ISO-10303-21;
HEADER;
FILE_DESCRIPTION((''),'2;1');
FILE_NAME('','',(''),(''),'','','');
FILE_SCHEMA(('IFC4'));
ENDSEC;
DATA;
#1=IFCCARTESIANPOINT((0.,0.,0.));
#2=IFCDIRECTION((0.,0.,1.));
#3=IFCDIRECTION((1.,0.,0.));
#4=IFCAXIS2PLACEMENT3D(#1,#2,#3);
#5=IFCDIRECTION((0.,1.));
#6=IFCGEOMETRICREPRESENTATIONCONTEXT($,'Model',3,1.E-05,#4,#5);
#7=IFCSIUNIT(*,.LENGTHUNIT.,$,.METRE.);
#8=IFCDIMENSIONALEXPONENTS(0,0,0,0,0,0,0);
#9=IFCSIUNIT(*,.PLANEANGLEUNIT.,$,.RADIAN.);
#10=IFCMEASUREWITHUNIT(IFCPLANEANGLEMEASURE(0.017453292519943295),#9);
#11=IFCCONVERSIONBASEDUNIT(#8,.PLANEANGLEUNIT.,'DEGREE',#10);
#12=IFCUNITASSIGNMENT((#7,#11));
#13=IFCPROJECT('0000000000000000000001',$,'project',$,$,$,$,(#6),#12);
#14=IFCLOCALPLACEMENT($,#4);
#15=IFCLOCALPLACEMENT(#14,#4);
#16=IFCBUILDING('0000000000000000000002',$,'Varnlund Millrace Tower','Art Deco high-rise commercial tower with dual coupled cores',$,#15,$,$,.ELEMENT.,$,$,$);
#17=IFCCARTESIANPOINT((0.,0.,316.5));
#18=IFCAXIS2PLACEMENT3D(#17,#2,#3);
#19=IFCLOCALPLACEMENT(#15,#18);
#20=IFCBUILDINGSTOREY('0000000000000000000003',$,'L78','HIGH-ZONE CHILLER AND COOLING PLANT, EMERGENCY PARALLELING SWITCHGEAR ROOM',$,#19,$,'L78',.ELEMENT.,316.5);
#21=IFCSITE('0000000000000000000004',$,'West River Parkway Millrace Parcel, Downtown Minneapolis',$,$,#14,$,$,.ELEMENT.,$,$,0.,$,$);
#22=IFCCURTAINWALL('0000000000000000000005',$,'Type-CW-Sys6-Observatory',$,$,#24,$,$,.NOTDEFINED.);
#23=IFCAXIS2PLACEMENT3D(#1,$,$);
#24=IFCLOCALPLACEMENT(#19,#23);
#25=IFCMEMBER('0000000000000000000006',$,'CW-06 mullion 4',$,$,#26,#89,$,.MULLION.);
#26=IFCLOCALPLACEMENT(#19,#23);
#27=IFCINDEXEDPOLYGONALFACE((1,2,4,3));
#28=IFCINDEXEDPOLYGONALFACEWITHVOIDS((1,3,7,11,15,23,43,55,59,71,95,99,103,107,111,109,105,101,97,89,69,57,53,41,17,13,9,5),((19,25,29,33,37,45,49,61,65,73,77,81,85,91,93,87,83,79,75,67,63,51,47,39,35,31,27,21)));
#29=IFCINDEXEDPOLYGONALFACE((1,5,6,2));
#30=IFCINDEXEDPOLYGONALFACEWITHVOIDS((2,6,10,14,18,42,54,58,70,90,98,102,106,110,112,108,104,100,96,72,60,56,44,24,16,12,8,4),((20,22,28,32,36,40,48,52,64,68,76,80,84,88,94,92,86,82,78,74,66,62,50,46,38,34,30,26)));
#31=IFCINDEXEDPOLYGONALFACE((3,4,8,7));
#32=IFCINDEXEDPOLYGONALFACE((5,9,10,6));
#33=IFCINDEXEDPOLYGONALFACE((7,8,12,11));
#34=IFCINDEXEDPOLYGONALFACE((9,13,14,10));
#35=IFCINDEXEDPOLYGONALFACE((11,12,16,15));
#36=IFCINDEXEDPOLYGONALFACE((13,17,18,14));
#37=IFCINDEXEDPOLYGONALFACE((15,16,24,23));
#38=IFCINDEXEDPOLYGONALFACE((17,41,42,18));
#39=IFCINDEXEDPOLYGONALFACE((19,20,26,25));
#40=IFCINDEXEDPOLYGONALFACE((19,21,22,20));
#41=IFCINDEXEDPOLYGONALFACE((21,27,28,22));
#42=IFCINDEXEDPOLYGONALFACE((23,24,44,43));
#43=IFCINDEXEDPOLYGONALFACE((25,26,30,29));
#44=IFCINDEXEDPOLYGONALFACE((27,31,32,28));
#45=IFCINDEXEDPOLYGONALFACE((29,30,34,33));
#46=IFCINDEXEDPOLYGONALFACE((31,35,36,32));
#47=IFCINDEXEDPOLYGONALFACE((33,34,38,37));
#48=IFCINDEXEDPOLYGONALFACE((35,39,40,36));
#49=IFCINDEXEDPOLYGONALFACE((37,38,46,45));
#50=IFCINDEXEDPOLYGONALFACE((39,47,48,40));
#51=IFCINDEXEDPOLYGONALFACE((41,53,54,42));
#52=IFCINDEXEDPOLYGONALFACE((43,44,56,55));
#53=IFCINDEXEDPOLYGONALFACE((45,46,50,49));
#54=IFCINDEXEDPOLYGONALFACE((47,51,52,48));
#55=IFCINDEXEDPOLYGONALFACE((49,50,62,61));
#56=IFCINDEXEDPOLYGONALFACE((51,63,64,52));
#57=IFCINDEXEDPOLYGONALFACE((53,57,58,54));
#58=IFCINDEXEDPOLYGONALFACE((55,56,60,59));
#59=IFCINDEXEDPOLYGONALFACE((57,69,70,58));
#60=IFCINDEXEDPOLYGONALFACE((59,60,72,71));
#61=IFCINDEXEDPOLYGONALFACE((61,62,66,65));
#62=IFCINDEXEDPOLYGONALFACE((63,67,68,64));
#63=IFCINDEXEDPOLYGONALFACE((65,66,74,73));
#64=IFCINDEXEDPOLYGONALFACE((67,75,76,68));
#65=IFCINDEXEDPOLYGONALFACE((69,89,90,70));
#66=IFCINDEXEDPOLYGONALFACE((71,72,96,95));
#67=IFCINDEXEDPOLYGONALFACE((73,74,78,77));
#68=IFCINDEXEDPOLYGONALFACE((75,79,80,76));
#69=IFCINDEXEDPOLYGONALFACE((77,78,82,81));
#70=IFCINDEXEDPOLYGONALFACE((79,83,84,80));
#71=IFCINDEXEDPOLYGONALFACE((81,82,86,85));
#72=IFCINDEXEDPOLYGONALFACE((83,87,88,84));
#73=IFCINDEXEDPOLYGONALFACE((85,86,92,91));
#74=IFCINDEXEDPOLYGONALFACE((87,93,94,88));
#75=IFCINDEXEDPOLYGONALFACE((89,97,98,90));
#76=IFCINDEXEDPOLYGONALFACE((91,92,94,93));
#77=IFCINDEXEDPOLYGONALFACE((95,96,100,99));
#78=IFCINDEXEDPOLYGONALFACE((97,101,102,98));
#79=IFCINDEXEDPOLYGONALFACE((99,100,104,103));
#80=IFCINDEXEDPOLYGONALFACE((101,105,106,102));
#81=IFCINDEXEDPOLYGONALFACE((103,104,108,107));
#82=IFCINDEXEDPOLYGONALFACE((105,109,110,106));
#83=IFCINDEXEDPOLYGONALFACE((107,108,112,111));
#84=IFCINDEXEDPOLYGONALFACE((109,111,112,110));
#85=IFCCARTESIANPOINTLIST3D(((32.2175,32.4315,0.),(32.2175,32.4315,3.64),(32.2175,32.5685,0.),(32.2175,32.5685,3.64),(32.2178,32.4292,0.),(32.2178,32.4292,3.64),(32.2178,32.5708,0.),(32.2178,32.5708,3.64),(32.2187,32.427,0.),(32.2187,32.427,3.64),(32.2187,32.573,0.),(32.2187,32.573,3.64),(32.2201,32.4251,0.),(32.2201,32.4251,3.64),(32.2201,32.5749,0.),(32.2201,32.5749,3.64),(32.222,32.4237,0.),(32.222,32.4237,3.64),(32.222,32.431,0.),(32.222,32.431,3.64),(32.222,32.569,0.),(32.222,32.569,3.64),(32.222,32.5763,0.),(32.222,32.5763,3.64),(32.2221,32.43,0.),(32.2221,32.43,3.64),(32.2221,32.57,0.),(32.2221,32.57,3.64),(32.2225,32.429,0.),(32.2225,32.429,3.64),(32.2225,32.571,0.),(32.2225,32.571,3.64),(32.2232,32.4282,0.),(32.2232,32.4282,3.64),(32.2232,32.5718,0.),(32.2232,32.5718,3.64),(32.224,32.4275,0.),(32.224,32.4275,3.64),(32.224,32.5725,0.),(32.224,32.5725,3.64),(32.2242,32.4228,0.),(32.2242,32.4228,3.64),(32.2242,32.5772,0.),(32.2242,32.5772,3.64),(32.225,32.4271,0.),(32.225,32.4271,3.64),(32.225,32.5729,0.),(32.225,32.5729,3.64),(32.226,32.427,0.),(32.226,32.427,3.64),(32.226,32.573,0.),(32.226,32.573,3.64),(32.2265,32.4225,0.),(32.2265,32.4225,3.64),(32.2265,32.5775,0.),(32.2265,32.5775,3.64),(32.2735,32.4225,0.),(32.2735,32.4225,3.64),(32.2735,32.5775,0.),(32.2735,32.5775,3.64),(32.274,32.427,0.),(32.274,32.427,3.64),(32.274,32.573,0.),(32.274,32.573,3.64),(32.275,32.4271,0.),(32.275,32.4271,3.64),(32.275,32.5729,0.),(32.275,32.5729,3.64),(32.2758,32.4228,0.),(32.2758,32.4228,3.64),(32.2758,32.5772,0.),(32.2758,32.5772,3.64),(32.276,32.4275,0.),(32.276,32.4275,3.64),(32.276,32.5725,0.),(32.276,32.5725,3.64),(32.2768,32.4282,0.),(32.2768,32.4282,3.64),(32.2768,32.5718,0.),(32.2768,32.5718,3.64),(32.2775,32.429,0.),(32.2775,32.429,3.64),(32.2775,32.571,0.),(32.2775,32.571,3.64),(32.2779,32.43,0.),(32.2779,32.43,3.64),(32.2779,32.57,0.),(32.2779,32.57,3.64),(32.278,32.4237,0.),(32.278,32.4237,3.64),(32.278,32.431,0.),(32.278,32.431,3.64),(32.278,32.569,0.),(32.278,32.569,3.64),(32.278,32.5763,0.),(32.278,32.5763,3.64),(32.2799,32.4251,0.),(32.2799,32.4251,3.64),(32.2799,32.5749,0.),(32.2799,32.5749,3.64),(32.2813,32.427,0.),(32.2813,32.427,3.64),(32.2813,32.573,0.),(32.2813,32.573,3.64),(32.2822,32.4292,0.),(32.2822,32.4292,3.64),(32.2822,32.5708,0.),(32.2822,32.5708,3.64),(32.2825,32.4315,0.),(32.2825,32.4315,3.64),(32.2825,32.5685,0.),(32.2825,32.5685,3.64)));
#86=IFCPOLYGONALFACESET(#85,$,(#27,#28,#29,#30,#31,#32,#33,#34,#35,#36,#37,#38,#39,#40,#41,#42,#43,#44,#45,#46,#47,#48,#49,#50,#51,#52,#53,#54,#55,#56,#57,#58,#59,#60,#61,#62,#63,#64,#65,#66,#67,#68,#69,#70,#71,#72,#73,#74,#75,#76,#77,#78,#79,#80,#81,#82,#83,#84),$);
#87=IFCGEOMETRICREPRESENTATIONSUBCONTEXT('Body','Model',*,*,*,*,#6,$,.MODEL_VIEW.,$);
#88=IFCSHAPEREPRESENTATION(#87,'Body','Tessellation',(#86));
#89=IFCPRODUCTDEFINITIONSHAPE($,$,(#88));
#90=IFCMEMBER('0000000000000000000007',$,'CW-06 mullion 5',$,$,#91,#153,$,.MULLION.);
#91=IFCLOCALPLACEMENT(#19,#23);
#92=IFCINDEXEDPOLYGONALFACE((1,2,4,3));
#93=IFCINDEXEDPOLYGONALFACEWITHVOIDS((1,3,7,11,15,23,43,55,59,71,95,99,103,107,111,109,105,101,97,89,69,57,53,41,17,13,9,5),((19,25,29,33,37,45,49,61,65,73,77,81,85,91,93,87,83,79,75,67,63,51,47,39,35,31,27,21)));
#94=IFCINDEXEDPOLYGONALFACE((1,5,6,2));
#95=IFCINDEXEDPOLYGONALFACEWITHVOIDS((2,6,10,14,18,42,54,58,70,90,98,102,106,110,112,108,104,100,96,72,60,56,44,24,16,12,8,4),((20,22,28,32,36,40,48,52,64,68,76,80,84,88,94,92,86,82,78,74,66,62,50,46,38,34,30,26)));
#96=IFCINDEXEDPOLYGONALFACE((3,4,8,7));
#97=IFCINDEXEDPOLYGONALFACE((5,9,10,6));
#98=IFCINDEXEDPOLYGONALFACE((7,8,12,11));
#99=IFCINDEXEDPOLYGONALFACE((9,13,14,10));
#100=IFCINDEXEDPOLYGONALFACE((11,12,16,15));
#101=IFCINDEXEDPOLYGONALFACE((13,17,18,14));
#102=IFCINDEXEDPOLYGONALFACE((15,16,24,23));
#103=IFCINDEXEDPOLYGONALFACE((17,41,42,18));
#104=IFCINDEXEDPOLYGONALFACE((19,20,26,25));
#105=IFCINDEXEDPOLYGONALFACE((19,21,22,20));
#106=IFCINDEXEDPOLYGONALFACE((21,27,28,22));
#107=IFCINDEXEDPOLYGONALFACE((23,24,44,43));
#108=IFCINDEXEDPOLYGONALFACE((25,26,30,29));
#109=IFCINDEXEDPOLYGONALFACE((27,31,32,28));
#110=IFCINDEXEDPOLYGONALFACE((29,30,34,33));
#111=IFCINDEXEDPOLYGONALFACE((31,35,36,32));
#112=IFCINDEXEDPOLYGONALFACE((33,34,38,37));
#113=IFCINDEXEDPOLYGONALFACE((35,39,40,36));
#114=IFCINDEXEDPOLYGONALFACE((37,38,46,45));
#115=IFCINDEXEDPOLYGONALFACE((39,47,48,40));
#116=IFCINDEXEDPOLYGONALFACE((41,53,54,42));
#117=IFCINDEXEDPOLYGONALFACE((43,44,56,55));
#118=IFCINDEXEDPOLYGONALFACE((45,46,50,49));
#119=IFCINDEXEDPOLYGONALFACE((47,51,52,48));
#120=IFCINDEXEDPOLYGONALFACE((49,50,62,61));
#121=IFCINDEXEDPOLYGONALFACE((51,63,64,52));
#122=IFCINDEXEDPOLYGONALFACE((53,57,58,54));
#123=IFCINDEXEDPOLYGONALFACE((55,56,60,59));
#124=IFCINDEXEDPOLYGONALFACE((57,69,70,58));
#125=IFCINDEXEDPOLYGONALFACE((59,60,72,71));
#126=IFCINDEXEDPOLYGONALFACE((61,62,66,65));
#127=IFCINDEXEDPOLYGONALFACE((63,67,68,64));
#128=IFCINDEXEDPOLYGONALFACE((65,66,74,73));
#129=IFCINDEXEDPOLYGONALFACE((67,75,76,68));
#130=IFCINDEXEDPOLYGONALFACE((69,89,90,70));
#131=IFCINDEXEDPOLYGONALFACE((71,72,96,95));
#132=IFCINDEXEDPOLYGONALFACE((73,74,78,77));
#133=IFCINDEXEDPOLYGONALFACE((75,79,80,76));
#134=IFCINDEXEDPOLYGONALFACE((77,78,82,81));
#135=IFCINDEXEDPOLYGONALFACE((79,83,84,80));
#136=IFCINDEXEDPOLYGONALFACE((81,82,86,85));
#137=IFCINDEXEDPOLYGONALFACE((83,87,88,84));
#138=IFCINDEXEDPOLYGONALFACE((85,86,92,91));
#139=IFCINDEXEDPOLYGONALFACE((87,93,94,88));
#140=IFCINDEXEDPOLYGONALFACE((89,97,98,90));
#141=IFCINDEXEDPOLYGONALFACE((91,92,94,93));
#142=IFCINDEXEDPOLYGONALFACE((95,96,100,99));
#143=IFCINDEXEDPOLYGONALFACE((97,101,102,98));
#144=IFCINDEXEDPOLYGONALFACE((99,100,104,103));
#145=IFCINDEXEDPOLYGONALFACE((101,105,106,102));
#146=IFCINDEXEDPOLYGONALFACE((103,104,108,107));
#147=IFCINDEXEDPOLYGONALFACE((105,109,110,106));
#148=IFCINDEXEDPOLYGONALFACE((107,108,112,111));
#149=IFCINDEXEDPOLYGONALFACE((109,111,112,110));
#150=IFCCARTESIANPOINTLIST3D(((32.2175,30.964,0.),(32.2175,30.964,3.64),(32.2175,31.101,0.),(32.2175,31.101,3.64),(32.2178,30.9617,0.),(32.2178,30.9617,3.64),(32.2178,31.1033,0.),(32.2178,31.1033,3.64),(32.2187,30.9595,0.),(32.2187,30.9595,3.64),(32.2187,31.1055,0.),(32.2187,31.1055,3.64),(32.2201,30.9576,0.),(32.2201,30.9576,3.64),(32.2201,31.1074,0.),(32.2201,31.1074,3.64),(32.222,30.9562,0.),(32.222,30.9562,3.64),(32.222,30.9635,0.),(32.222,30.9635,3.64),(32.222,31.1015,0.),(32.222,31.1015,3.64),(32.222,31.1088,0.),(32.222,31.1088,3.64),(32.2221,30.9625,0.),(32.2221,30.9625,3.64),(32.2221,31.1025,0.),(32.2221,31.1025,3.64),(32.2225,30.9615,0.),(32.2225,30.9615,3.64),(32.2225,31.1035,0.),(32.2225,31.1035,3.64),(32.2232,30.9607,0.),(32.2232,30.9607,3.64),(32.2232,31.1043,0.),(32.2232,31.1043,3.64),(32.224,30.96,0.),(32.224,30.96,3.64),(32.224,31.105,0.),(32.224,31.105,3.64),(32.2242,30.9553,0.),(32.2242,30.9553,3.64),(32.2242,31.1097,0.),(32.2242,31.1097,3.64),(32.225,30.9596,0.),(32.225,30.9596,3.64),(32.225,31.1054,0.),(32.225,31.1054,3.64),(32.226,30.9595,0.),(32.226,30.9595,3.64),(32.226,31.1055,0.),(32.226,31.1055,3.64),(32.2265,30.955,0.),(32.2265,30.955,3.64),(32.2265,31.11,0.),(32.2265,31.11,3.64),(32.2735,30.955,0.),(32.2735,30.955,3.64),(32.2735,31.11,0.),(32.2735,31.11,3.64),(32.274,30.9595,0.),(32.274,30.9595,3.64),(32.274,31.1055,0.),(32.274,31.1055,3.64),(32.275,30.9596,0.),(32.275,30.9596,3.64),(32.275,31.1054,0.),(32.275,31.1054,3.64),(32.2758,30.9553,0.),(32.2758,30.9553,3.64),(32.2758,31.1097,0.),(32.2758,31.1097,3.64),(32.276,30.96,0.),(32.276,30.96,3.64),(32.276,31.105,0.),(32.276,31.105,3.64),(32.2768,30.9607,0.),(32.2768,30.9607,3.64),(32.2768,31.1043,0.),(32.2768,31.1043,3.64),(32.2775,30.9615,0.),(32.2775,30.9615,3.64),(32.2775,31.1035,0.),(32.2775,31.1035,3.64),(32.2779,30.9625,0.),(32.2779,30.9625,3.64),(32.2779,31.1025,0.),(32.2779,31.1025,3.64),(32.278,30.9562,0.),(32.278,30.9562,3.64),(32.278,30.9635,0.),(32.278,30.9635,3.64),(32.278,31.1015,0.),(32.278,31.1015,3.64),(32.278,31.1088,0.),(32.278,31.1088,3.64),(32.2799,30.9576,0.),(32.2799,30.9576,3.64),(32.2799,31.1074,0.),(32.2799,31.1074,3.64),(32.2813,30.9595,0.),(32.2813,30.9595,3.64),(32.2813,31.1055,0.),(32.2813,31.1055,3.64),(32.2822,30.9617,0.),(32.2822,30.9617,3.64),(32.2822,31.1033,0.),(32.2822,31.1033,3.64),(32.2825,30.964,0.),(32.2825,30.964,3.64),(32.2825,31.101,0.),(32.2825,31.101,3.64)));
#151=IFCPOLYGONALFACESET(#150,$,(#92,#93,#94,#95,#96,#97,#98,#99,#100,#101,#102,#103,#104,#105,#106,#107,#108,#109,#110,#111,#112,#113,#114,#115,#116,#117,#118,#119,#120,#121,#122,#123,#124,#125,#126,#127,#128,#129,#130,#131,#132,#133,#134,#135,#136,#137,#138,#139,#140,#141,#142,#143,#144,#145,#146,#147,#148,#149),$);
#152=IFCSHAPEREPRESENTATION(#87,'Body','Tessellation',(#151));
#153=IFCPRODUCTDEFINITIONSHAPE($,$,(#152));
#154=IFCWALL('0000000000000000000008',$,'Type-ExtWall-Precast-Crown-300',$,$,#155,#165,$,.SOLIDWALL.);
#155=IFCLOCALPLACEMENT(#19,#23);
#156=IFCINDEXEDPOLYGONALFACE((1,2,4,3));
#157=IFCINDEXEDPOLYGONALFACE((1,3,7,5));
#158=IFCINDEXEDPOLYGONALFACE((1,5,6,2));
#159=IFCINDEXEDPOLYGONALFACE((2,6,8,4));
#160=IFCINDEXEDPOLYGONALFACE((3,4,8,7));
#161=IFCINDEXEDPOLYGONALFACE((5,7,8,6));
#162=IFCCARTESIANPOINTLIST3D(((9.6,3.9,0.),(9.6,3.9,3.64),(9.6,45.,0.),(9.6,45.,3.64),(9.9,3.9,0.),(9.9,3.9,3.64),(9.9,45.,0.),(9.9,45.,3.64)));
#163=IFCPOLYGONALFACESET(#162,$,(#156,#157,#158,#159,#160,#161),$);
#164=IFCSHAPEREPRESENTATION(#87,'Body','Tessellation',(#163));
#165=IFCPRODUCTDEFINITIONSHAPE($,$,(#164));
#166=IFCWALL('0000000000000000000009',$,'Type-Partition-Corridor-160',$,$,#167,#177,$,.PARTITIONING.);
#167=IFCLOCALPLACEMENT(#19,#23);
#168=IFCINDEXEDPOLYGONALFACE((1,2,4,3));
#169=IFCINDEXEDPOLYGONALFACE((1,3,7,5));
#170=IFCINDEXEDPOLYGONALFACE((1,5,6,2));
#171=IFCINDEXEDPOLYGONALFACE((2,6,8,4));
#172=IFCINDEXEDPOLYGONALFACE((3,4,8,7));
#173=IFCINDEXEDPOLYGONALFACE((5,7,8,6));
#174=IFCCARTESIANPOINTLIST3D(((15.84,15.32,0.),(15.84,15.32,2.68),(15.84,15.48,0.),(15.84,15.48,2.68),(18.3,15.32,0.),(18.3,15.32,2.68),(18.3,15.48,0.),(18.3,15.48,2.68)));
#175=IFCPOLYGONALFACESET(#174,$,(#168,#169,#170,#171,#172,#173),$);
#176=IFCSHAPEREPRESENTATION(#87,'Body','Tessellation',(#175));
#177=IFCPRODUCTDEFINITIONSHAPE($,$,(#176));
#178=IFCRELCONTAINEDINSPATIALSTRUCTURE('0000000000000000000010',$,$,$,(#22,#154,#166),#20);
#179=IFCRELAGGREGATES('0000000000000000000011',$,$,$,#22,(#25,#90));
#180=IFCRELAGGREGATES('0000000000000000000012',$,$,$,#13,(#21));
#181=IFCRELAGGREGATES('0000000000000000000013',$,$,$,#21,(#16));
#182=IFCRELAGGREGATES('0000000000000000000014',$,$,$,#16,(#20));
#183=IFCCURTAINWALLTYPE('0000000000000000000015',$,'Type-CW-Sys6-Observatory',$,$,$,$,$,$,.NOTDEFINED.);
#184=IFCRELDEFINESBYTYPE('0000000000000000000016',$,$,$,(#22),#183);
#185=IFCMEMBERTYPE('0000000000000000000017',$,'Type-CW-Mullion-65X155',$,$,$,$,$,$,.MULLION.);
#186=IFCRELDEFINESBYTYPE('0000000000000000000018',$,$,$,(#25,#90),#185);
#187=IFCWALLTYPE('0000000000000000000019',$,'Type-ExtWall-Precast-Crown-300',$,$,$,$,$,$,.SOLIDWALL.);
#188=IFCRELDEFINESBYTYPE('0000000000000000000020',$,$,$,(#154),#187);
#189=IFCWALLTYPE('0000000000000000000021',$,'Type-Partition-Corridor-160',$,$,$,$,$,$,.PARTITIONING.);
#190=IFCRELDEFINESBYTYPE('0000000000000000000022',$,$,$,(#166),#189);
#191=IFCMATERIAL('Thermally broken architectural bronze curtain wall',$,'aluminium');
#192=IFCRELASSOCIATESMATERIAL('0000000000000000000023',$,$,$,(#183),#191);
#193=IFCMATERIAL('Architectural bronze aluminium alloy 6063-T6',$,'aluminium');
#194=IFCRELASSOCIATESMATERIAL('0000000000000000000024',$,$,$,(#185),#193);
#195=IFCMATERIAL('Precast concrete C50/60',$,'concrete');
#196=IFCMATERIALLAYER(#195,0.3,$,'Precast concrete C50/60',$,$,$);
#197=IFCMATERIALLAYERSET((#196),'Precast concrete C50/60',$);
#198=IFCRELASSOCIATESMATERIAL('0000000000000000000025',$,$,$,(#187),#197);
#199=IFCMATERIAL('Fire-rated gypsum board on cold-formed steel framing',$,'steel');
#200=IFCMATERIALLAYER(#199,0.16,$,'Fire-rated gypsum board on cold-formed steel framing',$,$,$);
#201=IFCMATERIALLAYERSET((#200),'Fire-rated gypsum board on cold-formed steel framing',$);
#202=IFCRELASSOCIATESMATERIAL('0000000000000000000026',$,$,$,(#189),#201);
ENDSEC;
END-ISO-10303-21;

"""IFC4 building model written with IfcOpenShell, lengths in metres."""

from ifc_helpers import new_model, entity, si_unit, converted_unit, direction, frame, origin_with_axes, origin_2d_with_axis, place, context, subcontext, project, spatial, polyline, hollow_rectangle, outline, extrude, material, layer, layer_set, material_profile, profile_set, type_object, element, aggregate, save


model = new_model("IFC4")

# Units and contexts
model_context = context("Model", 3, precision=1e-05, world=origin_with_axes(), true_north=direction((0.0, 1.0)))
body_context = subcontext(model_context, "Body", "Model", "MODEL_VIEW")
ifc_project = project(units=[si_unit("LENGTHUNIT", "METRE"), converted_unit("PLANEANGLEUNIT", "DEGREE", entity("IfcPlaneAngleMeasure", 0.017453292519943295), si_unit("PLANEANGLEUNIT", "RADIAN"), dimensions=[0, 0, 0, 0, 0, 0, 0])], contexts=[model_context])

# Site, building, storey
site_placement = place(None, origin_with_axes())
site = spatial("IfcSite", under=ifc_project, at=site_placement, Name="West River Parkway Millrace Parcel, Downtown Minneapolis", CompositionType="ELEMENT", RefElevation=0.0)
building_placement = place(site_placement, origin_with_axes())
building = spatial("IfcBuilding", under=site, at=building_placement, Name="Varnlund Millrace Tower", Description="Art Deco high-rise commercial tower with dual coupled cores", CompositionType="ELEMENT")
storey_placement = place(building_placement, frame((0.0, 0.0, 316.5), z_axis=(0.0, 0.0, 1.0), x_axis=(1.0, 0.0, 0.0)))
storey = spatial("IfcBuildingStorey", under=building, at=storey_placement, Name="L78", Description="HIGH-ZONE CHILLER AND COOLING PLANT, EMERGENCY PARALLELING SWITCHGEAR ROOM", LongName="L78", CompositionType="ELEMENT", Elevation=316.5)

# Curtain wall, members
ifc_material_1 = material(Name="Thermally broken architectural bronze curtain wall", Category="aluminium")
curtain_wall_type = type_object("IfcCurtainWallType", Name="Type-CW-Sys6-Observatory", PredefinedType="NOTDEFINED", material=ifc_material_1)
curtain_wall_placement = place(storey_placement, frame((32.25, 37.0, 0.0), z_axis=(0.0, 0.0, 1.0), x_axis=(1.0, 0.0, 0.0)))
curtain_wall = element("IfcCurtainWall", 1, at=curtain_wall_placement, inside=storey, type_object=curtain_wall_type, Name="Type-CW-Sys6-Observatory", PredefinedType="NOTDEFINED")
ifc_material_2 = material(Name="Architectural bronze aluminium alloy 6063-T6", Category="aluminium")
ifc_material_profile_1 = material_profile(ifc_material_2, hollow_rectangle(XDim=0.065, YDim=0.155, WallThickness=0.0045, InnerFilletRadius=0.004, OuterFilletRadius=0.009, at=origin_2d_with_axis()), Name="Architectural bronze aluminium alloy 6063-T6")
ifc_profile_set_1 = profile_set([ifc_material_profile_1], Name="Architectural bronze aluminium alloy 6063-T6")
member_type = type_object("IfcMemberType", Name="Type-CW-Mullion-65X155", PredefinedType="MULLION", material=ifc_profile_set_1)
member_1_placement = place(storey_placement, frame((32.25, 32.5, 0.0), z_axis=(0.0, 0.0, 1.0), x_axis=(1.0, 0.0, 0.0)))
member_1 = element("IfcMember", 2, at=member_1_placement, type_object=member_type, Name="CW-06 mullion 4", PredefinedType="MULLION", context=body_context, shape_type="SweptSolid", body=[
    extrude(hollow_rectangle(XDim=0.065, YDim=0.155, WallThickness=0.0045, InnerFilletRadius=0.004, OuterFilletRadius=0.009, at=origin_2d_with_axis()), origin_with_axes(), (0.0, 0.0, 1.0), 3.64),
])
member_2_placement = place(storey_placement, frame((32.25, 31.0325, 0.0), z_axis=(0.0, 0.0, 1.0), x_axis=(1.0, 0.0, 0.0)))
member_2 = element("IfcMember", 3, at=member_2_placement, type_object=member_type, Name="CW-06 mullion 5", PredefinedType="MULLION", context=body_context, shape_type="SweptSolid", body=[
    extrude(hollow_rectangle(XDim=0.065, YDim=0.155, WallThickness=0.0045, InnerFilletRadius=0.004, OuterFilletRadius=0.009, at=origin_2d_with_axis()), origin_with_axes(), (0.0, 0.0, 1.0), 3.64),
])
aggregate(curtain_wall, [member_1, member_2])

# Walls
ifc_material_3 = material(Name="Precast concrete C50/60", Category="concrete")
ifc_layer_1 = layer(ifc_material_3, 0.3, Name="Precast concrete C50/60")
ifc_layer_set_1 = layer_set([ifc_layer_1], Name="Precast concrete C50/60")
wall_type_1 = type_object("IfcWallType", Name="Type-ExtWall-Precast-Crown-300", PredefinedType="SOLIDWALL", material=ifc_layer_set_1)
wall_1_placement = place(storey_placement, frame((9.75, 3.9, 0.0), z_axis=(0.0, 0.0, 1.0), x_axis=(0.0, 1.0, 0.0)))
element("IfcWall", 4, at=wall_1_placement, inside=storey, type_object=wall_type_1, Name="Type-ExtWall-Precast-Crown-300", PredefinedType="SOLIDWALL", context=body_context, shape_type="SweptSolid", body=[
    extrude(outline(polyline([(0.0, -0.15), (41.1, -0.15), (41.1, 0.15), (0.0, 0.15), (0.0, -0.15)])), origin_with_axes(), (0.0, 0.0, 1.0), 3.64),
])
ifc_material_4 = material(Name="Fire-rated gypsum board on cold-formed steel framing", Category="steel")
ifc_layer_2 = layer(ifc_material_4, 0.16, Name="Fire-rated gypsum board on cold-formed steel framing")
ifc_layer_set_2 = layer_set([ifc_layer_2], Name="Fire-rated gypsum board on cold-formed steel framing")
wall_type_2 = type_object("IfcWallType", Name="Type-Partition-Corridor-160", PredefinedType="PARTITIONING", material=ifc_layer_set_2)
wall_2_placement = place(storey_placement, frame((15.84, 15.4, 0.0), z_axis=(0.0, 0.0, 1.0), x_axis=(1.0, 0.0, 0.0)))
element("IfcWall", 5, at=wall_2_placement, inside=storey, type_object=wall_type_2, Name="Type-Partition-Corridor-160", PredefinedType="PARTITIONING", context=body_context, shape_type="SweptSolid", body=[
    extrude(outline(polyline([(0.0, -0.08), (2.46, -0.08), (2.46, 0.08), (0.0, 0.08), (0.0, -0.08)])), origin_with_axes(), (0.0, 0.0, 1.0), 2.68),
])

save(model, "model.ifc")
